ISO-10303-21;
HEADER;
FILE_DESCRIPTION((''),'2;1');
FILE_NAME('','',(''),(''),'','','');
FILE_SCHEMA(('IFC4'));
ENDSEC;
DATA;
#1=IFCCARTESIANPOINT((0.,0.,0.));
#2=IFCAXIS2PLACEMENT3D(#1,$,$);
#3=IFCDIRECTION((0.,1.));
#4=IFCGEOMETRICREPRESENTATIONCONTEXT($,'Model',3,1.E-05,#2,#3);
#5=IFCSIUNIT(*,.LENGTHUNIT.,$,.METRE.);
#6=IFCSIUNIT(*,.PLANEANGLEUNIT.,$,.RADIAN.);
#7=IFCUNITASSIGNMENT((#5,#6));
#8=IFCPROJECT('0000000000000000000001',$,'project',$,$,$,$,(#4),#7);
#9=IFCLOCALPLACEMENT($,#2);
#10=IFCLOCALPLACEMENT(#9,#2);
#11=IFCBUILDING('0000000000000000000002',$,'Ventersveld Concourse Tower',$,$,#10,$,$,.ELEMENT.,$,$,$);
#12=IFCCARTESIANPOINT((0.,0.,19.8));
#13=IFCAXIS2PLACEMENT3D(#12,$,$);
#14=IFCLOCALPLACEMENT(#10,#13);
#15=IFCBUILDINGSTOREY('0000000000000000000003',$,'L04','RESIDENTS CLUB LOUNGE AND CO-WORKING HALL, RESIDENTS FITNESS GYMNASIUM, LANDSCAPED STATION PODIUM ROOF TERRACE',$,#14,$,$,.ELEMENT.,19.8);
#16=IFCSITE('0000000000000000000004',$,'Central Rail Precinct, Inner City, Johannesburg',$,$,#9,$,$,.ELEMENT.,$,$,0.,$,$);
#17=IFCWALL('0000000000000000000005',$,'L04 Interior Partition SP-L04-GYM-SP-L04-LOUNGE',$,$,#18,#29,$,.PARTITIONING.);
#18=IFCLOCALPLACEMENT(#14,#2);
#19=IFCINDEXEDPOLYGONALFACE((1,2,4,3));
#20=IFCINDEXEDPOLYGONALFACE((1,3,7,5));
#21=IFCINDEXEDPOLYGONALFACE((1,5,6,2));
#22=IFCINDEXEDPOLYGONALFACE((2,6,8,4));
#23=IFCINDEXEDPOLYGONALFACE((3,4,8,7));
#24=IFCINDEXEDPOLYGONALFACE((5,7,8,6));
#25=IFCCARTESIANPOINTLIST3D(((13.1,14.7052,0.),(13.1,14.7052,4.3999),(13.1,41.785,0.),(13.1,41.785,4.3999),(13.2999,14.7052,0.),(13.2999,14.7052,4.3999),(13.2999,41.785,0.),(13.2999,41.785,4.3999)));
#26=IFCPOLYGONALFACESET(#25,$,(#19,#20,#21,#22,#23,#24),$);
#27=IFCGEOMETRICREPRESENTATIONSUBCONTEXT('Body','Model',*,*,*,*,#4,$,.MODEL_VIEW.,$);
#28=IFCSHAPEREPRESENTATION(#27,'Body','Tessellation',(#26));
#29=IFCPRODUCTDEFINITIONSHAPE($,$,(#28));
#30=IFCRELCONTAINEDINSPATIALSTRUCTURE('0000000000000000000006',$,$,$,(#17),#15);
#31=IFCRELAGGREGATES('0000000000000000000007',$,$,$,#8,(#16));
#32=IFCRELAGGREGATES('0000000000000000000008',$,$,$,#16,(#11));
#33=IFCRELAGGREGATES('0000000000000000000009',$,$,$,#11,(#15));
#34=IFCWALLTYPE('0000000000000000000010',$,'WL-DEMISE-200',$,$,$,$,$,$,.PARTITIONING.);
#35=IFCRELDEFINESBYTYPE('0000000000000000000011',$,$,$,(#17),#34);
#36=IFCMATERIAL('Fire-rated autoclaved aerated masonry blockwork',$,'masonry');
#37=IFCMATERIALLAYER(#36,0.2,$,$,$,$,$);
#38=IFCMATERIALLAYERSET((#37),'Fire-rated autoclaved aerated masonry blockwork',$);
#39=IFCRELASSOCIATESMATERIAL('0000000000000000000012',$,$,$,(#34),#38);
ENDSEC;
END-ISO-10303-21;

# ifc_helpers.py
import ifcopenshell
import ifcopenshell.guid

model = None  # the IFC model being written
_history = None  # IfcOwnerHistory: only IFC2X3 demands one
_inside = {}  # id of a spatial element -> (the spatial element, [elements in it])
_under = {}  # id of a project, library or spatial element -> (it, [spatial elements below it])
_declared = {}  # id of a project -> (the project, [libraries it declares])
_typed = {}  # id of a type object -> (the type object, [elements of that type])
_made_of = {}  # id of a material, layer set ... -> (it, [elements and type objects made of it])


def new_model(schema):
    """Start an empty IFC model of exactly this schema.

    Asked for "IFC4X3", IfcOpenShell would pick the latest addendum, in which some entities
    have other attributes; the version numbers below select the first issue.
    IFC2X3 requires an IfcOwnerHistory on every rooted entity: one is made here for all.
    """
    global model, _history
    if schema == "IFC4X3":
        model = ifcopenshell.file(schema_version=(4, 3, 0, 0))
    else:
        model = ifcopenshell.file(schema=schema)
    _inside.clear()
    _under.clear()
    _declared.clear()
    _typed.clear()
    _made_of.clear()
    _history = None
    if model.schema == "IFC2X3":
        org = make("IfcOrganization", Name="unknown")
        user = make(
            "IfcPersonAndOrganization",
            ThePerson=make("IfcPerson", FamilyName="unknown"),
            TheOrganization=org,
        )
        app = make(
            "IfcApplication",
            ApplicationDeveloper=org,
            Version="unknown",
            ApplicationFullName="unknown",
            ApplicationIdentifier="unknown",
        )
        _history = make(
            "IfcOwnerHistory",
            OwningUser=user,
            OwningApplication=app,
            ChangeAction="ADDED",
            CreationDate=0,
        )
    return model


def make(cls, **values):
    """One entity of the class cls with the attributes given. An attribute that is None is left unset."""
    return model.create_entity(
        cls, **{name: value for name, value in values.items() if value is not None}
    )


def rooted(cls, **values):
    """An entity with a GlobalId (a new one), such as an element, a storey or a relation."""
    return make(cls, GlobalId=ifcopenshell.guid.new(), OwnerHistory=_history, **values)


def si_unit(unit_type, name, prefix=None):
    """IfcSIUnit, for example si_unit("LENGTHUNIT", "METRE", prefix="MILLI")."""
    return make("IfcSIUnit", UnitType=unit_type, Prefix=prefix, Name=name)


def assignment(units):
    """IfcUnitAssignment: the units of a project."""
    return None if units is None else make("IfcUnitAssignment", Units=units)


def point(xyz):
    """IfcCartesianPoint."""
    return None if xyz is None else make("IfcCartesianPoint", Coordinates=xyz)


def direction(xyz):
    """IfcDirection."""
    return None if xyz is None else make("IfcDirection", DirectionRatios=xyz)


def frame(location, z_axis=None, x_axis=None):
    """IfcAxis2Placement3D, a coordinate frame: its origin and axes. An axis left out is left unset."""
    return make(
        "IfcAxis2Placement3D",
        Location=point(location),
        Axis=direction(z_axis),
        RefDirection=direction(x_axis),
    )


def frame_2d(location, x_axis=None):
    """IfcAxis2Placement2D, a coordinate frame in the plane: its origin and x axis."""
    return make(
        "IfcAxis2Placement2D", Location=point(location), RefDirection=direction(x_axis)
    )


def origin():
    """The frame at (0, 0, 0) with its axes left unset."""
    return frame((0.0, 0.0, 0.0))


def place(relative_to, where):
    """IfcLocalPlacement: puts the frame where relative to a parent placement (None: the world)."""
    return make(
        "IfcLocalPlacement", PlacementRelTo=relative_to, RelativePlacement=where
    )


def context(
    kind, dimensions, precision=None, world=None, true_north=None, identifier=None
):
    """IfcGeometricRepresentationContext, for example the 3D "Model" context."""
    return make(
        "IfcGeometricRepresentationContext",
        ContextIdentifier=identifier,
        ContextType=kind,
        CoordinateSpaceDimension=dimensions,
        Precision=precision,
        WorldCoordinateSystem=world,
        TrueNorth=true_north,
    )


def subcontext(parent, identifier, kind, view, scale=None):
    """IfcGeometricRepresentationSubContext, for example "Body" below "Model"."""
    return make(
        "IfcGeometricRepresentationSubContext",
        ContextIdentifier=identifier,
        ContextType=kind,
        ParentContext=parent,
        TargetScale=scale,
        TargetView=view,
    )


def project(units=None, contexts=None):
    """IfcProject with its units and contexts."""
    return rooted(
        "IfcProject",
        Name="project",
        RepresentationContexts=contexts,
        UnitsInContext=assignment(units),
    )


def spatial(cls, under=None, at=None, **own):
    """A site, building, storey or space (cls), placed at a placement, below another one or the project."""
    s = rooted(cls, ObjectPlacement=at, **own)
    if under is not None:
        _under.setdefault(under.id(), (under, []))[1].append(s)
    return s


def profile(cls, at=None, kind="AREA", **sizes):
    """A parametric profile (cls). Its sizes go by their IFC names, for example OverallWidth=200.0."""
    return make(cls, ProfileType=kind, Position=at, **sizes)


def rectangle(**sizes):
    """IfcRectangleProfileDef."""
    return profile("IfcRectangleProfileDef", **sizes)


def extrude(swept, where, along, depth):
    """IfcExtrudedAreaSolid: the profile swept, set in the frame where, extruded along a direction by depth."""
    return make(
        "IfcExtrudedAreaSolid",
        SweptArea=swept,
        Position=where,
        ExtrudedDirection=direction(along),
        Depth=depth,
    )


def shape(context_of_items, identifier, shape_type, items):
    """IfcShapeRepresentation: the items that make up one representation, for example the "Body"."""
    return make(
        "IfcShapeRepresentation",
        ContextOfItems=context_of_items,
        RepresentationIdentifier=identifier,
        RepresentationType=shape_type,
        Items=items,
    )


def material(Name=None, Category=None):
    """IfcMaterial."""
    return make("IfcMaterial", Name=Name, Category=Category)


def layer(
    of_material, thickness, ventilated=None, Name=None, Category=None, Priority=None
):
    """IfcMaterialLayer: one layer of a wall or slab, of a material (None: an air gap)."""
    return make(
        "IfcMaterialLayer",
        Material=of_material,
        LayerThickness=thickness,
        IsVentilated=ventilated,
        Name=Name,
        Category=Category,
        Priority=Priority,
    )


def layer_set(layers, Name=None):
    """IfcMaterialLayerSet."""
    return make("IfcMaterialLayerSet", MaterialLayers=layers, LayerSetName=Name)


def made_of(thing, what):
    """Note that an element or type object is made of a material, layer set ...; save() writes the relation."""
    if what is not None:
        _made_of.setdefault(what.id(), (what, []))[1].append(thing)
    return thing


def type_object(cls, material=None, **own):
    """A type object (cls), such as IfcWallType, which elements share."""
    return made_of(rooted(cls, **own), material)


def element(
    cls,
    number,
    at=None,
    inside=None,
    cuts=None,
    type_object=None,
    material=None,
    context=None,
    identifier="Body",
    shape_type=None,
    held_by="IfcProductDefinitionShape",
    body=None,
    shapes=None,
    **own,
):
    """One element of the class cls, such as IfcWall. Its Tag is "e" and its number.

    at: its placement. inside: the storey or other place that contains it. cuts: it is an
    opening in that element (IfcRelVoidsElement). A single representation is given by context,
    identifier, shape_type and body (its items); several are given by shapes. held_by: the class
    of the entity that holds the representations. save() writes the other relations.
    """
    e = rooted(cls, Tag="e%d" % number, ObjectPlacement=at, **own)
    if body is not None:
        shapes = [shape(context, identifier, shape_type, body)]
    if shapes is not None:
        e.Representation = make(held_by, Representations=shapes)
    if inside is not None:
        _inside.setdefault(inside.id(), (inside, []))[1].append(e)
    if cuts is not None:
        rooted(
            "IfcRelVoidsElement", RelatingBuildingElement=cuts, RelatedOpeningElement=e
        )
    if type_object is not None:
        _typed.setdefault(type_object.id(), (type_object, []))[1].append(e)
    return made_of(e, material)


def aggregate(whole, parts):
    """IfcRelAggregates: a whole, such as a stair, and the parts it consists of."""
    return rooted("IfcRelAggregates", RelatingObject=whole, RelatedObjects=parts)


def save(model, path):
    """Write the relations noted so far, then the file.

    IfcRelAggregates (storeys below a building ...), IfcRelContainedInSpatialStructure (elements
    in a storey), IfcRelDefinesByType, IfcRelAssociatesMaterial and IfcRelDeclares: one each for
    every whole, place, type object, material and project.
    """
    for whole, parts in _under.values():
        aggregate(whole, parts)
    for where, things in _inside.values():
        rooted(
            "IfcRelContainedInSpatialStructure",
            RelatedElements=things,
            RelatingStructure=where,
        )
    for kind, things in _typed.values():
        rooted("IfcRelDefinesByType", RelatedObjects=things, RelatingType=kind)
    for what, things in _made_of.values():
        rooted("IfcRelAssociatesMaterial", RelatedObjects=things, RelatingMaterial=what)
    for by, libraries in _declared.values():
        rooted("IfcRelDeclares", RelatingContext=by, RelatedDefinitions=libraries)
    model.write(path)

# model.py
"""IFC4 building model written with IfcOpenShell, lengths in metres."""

from ifc_helpers import new_model, si_unit, direction, frame, frame_2d, origin, place, context, subcontext, project, spatial, rectangle, extrude, material, layer, layer_set, type_object, element, save


model = new_model("IFC4")

# Units and contexts
model_context = context("Model", 3, precision=1e-05, world=origin(), true_north=direction((0.0, 1.0)))
body_context = subcontext(model_context, "Body", "Model", "MODEL_VIEW")
ifc_project = project(units=[si_unit("LENGTHUNIT", "METRE"), si_unit("PLANEANGLEUNIT", "RADIAN")], contexts=[model_context])

# Site, building, storey
site_placement = place(None, origin())
site = spatial("IfcSite", under=ifc_project, at=site_placement, Name="Central Rail Precinct, Inner City, Johannesburg", CompositionType="ELEMENT", RefElevation=0.0)
building_placement = place(site_placement, origin())
building = spatial("IfcBuilding", under=site, at=building_placement, Name="Ventersveld Concourse Tower", CompositionType="ELEMENT")
storey_placement = place(building_placement, frame((0.0, 0.0, 19.8)))
storey = spatial("IfcBuildingStorey", under=building, at=storey_placement, Name="L04", Description="RESIDENTS CLUB LOUNGE AND CO-WORKING HALL, RESIDENTS FITNESS GYMNASIUM, LANDSCAPED STATION PODIUM ROOF TERRACE", CompositionType="ELEMENT", Elevation=19.8)

# Shared definitions
ifc_material_1 = material(Name="Fire-rated autoclaved aerated masonry blockwork", Category="masonry")

# Wall
ifc_layer_1 = layer(ifc_material_1, 0.2)
ifc_layer_set_1 = layer_set([ifc_layer_1], Name="Fire-rated autoclaved aerated masonry blockwork")
wall_type_1 = type_object("IfcWallType", Name="WL-DEMISE-200", PredefinedType="PARTITIONING", material=ifc_layer_set_1)
wall_1_placement = place(storey_placement, frame((13.2, 14.7051, 0.0), z_axis=(0.0, 0.0, 1.0), x_axis=(0.0, 1.0, 0.0)))
element("IfcWall", 1, at=wall_1_placement, inside=storey, type_object=wall_type_1, Name="L04 Interior Partition SP-L04-GYM-SP-L04-LOUNGE", PredefinedType="PARTITIONING", context=body_context, shape_type="SweptSolid", body=[
    extrude(rectangle(XDim=27.0798, YDim=0.2, at=frame_2d((13.54, 0.0))), origin(), (0.0, 0.0, 1.0), 4.3999),
])

save(model, "model.ifc")
